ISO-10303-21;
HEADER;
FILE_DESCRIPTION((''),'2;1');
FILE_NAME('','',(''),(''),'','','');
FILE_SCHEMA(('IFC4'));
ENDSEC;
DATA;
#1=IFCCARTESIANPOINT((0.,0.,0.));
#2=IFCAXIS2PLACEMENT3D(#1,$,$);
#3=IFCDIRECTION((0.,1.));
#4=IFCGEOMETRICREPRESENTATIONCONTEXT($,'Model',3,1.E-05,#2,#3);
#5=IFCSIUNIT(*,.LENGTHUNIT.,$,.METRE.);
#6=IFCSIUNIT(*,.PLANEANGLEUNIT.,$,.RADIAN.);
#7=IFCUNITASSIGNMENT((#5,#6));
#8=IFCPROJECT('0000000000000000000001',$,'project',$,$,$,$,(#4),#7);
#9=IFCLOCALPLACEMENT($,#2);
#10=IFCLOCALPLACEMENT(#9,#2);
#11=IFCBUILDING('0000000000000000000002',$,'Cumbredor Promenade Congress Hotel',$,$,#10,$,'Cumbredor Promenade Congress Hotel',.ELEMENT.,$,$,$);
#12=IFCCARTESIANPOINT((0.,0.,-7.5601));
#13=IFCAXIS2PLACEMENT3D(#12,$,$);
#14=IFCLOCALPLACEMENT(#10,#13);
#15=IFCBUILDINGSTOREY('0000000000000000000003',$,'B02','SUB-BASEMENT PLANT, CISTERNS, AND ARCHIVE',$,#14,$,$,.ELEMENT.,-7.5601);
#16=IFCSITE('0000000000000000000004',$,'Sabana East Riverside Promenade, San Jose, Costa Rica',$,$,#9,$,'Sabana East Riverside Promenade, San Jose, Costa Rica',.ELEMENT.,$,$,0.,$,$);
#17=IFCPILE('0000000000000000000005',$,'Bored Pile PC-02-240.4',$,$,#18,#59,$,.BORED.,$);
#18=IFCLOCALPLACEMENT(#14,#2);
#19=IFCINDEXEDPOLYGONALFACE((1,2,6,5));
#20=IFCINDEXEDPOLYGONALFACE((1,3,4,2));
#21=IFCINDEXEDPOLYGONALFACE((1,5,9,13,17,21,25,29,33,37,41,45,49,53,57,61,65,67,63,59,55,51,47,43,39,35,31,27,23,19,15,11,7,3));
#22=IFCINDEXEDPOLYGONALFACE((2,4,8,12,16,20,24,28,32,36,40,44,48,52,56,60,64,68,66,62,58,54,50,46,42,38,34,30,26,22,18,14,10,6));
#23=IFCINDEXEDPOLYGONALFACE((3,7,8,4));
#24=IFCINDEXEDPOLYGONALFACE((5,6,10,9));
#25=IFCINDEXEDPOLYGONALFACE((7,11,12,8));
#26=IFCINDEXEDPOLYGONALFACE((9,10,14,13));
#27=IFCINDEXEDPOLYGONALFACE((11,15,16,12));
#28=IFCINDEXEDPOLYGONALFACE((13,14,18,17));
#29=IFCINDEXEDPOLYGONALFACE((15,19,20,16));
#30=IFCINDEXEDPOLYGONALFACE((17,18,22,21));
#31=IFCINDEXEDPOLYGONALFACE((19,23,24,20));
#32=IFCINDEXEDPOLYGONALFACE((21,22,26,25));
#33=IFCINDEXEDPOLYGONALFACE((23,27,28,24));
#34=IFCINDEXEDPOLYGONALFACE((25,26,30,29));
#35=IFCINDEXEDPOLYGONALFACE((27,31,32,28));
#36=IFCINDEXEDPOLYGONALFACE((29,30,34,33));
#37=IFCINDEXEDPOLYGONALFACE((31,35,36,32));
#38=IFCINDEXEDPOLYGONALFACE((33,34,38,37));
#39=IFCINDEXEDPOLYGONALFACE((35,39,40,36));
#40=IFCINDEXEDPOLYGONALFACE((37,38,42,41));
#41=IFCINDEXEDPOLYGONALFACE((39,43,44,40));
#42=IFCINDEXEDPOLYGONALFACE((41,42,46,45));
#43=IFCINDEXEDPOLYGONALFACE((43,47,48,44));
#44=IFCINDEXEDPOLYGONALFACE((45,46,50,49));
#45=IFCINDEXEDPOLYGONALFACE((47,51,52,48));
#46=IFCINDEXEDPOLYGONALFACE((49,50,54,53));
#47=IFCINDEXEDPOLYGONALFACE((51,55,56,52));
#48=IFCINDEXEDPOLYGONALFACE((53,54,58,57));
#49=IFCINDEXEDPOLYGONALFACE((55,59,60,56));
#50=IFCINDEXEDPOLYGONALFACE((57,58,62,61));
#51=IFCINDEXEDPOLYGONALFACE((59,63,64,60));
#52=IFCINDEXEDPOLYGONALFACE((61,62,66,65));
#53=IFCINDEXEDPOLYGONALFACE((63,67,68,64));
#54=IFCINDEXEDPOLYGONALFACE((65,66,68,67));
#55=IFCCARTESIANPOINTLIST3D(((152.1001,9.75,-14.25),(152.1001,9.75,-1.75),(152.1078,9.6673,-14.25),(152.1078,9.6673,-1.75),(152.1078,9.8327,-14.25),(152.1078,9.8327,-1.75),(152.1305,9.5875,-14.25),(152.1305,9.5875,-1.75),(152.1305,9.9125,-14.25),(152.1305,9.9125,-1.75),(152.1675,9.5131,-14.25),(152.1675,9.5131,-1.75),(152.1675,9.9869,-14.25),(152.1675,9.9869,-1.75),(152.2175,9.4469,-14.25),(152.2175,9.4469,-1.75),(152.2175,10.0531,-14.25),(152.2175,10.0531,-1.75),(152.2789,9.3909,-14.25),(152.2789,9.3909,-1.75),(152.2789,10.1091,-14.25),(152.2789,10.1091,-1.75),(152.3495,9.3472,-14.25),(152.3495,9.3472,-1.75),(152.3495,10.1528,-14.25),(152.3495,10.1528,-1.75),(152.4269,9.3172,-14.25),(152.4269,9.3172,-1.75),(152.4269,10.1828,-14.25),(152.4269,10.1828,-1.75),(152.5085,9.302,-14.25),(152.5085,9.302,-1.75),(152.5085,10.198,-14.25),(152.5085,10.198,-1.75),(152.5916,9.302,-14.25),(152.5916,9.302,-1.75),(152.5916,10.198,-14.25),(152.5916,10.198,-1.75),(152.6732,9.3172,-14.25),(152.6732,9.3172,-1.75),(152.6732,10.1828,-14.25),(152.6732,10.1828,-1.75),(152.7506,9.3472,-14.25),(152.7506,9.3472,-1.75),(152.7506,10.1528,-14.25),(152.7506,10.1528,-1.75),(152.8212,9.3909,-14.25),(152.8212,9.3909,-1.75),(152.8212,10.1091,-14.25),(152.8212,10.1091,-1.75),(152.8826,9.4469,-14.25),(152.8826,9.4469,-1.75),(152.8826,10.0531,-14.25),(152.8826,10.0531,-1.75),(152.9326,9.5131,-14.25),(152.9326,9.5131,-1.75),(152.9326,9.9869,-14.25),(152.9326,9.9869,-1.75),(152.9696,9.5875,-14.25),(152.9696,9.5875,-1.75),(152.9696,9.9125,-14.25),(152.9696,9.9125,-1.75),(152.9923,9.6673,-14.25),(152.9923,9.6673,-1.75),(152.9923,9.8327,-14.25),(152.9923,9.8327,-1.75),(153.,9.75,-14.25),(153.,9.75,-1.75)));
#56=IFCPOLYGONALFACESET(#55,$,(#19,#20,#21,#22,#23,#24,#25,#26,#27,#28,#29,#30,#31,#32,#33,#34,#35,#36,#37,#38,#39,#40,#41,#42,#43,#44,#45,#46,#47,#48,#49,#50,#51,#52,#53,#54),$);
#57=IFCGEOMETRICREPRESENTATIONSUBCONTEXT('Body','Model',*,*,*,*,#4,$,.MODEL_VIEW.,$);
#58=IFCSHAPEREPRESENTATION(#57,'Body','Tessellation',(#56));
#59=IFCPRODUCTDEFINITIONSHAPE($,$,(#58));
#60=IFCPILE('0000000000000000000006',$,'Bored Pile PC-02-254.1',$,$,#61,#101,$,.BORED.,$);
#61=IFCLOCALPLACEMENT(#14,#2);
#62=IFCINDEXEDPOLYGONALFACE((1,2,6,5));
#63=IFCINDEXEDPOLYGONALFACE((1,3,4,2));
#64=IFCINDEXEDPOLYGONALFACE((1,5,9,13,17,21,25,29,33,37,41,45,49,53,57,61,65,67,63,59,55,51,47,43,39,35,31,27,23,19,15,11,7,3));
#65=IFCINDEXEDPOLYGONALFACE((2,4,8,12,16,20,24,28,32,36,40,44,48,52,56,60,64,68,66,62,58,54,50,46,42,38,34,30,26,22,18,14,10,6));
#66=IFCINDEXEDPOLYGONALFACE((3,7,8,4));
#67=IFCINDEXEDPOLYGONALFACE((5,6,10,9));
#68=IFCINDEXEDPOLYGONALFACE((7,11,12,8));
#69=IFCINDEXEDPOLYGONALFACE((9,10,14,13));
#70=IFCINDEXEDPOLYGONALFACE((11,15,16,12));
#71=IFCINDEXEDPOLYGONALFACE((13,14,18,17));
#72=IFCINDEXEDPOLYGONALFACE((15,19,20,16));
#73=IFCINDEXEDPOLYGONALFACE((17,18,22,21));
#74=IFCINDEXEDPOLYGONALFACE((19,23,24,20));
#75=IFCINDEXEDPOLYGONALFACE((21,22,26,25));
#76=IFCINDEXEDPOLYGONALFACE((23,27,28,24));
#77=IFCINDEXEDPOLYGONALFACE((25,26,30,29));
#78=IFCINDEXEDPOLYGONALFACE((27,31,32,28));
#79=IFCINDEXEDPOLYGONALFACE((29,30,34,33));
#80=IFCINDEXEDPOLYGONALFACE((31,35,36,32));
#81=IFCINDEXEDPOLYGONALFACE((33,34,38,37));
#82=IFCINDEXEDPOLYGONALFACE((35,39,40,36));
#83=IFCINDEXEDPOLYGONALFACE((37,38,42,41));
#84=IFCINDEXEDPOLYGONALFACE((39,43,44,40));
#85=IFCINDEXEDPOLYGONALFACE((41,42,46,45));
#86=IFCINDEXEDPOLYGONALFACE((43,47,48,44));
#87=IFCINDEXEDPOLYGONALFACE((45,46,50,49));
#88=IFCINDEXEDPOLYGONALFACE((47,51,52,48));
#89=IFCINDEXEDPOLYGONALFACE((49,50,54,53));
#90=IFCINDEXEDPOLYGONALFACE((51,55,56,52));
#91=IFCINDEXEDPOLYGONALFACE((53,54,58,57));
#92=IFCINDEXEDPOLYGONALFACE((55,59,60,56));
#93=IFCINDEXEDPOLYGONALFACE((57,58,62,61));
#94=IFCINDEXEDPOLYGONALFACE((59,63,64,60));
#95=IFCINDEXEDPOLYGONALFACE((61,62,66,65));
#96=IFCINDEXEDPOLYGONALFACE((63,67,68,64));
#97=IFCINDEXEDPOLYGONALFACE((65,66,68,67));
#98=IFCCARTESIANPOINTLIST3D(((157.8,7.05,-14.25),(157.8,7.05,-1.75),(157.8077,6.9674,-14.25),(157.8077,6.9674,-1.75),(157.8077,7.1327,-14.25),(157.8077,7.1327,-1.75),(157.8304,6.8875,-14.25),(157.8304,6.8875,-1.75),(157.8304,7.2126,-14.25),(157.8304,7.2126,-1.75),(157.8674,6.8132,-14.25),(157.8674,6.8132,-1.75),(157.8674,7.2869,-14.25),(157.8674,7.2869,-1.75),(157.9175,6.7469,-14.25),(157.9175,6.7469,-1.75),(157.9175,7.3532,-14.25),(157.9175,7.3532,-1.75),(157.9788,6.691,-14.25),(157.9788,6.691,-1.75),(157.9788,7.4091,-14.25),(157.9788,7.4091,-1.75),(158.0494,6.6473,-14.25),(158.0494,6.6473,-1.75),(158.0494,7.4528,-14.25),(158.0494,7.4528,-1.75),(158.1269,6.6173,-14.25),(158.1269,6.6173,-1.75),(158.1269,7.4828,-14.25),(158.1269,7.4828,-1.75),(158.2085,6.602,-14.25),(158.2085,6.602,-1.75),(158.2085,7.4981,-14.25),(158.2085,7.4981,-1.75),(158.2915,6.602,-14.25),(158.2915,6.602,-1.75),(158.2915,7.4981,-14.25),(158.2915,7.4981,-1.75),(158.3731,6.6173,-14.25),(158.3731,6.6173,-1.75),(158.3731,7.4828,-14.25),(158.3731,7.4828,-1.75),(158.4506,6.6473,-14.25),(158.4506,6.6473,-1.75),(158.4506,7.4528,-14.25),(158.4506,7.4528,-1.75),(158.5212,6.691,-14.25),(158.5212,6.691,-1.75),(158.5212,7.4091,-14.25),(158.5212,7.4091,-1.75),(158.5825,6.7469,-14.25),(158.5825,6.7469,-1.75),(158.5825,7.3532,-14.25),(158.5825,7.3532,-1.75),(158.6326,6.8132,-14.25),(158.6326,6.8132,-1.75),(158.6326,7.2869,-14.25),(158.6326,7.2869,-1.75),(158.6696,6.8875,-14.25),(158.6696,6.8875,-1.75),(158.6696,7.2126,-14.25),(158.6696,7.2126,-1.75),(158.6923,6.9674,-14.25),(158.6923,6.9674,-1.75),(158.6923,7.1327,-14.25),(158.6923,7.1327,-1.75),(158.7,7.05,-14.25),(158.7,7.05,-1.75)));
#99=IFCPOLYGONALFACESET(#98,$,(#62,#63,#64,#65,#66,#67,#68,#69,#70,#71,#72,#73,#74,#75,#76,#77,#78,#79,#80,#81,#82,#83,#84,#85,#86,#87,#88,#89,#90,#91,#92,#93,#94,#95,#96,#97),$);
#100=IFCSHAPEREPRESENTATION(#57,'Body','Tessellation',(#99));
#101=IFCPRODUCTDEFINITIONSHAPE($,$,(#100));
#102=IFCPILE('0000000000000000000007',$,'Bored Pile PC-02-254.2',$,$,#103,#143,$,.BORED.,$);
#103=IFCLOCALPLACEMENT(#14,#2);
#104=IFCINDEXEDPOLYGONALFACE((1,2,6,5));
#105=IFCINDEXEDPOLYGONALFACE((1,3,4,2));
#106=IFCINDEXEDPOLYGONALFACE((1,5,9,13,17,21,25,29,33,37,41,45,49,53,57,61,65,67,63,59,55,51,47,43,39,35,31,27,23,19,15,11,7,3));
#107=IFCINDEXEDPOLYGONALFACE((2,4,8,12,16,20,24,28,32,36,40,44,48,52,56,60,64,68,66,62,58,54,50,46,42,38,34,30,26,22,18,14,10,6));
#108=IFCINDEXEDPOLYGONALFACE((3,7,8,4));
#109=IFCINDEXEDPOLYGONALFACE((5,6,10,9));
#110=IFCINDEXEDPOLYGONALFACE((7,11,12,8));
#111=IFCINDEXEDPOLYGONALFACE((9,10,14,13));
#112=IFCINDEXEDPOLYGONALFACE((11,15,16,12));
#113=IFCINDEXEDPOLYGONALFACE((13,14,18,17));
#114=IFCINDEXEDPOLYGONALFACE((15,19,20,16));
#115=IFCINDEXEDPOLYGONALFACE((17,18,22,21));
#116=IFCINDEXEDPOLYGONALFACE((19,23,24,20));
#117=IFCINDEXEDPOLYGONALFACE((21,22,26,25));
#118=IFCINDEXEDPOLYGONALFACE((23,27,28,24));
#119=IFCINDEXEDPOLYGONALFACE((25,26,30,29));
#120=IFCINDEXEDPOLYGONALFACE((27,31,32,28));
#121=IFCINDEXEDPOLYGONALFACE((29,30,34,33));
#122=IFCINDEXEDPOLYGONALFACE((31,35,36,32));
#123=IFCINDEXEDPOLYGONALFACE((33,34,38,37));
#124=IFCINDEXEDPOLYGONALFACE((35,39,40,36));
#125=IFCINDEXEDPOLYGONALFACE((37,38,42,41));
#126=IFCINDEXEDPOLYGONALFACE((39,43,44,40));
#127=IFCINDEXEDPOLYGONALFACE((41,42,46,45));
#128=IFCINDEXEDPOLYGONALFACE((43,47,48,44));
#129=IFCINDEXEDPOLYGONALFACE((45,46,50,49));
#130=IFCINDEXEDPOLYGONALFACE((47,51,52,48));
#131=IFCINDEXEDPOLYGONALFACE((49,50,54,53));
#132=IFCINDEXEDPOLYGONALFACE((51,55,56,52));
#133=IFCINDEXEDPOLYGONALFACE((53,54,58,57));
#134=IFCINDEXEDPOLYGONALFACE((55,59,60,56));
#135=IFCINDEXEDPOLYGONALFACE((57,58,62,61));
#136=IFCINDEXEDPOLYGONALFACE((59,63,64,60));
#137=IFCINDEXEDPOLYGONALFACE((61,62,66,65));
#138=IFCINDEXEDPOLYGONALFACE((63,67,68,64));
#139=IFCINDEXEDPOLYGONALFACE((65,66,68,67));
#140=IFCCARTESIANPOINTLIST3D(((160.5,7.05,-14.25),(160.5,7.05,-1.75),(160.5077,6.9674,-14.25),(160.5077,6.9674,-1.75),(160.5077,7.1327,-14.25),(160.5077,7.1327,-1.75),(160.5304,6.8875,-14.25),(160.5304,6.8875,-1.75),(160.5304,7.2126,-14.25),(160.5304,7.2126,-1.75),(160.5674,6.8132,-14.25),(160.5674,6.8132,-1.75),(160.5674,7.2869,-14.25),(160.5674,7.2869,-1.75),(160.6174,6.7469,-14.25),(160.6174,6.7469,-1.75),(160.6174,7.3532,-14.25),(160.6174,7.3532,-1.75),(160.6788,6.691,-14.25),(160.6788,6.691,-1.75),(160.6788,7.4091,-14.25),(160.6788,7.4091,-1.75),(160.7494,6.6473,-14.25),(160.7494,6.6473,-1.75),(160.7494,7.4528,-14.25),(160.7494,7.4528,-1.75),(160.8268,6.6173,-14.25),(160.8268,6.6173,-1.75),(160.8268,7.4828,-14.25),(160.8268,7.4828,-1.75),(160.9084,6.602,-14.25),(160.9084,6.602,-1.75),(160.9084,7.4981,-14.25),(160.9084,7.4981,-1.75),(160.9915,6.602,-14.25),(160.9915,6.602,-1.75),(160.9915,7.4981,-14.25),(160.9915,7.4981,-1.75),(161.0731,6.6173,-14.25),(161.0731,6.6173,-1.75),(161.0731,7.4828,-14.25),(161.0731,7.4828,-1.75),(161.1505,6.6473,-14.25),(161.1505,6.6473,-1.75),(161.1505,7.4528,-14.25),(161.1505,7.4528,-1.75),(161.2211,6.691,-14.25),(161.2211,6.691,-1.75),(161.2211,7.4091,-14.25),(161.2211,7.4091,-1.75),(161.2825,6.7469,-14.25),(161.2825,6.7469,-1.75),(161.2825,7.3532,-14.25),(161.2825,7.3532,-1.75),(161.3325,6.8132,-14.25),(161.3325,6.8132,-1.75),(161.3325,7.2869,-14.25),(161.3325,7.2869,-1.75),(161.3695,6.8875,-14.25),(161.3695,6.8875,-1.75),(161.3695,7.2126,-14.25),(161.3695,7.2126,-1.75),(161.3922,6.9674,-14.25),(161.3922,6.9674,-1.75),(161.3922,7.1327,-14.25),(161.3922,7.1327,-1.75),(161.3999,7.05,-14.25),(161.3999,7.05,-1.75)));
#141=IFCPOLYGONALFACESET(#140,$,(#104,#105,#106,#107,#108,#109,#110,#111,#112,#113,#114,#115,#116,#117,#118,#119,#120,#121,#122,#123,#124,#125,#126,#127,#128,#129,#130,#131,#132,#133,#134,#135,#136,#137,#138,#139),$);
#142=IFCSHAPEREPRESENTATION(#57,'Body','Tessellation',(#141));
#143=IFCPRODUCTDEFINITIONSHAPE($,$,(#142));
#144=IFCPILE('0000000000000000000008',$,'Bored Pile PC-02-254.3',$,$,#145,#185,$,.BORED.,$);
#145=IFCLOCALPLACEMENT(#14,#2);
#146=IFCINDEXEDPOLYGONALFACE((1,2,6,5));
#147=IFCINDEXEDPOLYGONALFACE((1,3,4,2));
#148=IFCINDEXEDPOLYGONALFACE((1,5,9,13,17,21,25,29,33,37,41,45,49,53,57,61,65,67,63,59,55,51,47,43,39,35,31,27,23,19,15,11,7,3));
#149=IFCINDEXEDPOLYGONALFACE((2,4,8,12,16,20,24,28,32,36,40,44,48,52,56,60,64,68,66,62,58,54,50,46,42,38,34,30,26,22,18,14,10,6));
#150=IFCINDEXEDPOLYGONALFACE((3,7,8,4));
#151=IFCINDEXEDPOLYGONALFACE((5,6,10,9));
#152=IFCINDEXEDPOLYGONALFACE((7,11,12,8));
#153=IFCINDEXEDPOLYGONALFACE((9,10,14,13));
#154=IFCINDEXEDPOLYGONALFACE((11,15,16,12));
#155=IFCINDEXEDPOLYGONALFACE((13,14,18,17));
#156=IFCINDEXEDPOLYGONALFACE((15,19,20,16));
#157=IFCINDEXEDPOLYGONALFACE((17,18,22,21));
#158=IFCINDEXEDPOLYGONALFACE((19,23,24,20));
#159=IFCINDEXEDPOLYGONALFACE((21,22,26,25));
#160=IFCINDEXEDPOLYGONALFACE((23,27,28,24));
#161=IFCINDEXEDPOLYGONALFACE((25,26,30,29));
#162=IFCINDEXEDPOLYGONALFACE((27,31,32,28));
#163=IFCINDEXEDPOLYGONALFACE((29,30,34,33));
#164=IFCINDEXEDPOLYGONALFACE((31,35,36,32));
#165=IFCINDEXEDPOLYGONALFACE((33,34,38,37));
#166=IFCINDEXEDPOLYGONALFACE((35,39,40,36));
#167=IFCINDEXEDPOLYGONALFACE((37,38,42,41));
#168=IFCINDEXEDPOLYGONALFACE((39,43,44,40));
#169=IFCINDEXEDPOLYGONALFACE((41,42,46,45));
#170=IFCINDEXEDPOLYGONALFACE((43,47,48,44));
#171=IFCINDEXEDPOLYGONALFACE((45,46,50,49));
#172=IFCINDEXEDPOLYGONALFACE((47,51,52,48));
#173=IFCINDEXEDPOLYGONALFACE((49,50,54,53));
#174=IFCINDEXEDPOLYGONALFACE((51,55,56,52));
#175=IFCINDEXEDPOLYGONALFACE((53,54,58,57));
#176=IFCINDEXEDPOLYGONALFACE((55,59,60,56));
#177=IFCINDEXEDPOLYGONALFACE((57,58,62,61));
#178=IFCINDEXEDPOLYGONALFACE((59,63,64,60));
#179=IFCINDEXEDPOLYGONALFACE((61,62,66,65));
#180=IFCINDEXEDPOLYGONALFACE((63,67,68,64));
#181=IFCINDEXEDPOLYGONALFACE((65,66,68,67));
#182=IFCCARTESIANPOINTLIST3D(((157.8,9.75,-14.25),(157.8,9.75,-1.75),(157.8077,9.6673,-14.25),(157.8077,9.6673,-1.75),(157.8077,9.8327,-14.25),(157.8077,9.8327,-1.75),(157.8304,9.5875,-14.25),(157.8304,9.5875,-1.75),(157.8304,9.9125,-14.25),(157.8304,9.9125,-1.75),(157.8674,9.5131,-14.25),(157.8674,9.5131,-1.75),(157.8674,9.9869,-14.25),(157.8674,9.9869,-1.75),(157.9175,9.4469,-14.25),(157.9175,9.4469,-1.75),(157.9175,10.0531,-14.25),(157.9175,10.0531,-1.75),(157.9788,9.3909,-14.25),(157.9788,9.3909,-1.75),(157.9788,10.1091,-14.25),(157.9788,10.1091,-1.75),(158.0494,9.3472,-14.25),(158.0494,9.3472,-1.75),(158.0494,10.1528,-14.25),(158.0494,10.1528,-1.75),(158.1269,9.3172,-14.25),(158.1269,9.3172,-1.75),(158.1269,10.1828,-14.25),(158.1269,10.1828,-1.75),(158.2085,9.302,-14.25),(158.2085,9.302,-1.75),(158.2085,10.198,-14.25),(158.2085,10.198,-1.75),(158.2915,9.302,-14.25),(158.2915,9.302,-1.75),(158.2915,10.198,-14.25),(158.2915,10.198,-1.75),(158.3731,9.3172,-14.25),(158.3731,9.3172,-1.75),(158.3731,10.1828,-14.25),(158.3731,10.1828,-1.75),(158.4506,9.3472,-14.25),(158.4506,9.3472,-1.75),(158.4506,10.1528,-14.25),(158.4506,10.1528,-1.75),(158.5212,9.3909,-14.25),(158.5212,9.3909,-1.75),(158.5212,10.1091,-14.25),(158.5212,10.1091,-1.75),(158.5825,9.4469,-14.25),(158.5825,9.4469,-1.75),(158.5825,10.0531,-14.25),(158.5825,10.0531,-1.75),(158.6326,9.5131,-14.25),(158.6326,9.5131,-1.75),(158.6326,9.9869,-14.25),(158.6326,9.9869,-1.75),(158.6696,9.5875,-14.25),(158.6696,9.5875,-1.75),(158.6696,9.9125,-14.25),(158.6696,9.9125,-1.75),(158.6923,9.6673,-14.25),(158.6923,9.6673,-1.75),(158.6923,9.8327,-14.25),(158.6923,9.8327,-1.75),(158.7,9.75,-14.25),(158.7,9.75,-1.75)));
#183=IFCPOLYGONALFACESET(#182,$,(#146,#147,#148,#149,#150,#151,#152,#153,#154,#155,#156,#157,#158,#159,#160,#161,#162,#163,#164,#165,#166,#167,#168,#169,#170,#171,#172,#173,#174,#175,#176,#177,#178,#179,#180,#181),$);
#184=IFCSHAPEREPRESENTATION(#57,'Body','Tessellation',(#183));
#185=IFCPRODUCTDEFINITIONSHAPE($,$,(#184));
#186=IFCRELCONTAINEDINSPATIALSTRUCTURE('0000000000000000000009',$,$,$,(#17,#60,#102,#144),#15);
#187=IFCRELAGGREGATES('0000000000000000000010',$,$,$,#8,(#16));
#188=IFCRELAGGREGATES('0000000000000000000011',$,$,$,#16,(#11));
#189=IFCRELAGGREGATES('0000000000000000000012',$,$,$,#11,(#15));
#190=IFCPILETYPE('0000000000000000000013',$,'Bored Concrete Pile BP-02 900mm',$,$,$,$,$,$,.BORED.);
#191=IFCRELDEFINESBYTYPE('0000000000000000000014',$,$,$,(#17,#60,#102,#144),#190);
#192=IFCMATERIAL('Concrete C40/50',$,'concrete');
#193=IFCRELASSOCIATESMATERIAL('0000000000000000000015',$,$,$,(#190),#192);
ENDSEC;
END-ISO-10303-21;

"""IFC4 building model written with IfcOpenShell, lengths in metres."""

from ifc_helpers import new_model, si_unit, direction, frame, origin, origin_2d, place, context, subcontext, project, spatial, circle, extrude, material, material_profile, profile_set, type_object, element, save


model = new_model("IFC4")

# Units and contexts
model_context = context("Model", 3, precision=1e-05, world=origin(), true_north=direction((0.0, 1.0)))
body_context = subcontext(model_context, "Body", "Model", "MODEL_VIEW")
ifc_project = project(units=[si_unit("LENGTHUNIT", "METRE"), si_unit("PLANEANGLEUNIT", "RADIAN")], contexts=[model_context])

# Site, building, storey
site_placement = place(None, origin())
site = spatial("IfcSite", under=ifc_project, at=site_placement, Name="Sabana East Riverside Promenade, San Jose, Costa Rica", LongName="Sabana East Riverside Promenade, San Jose, Costa Rica", CompositionType="ELEMENT", RefElevation=0.0)
building_placement = place(site_placement, origin())
building = spatial("IfcBuilding", under=site, at=building_placement, Name="Cumbredor Promenade Congress Hotel", LongName="Cumbredor Promenade Congress Hotel", CompositionType="ELEMENT")
storey_placement = place(building_placement, frame((0.0, 0.0, -7.5601)))
storey = spatial("IfcBuildingStorey", under=building, at=storey_placement, Name="B02", Description="SUB-BASEMENT PLANT, CISTERNS, AND ARCHIVE", CompositionType="ELEMENT", Elevation=-7.5601)

# Piles
ifc_material_1 = material(Name="Concrete C40/50", Category="concrete")
ifc_material_profile_1 = material_profile(ifc_material_1, circle(Radius=0.45, at=origin_2d()), Name="PILE D900")
ifc_profile_set_1 = profile_set([ifc_material_profile_1], Name="Concrete C40/50")
pile_type = type_object("IfcPileType", Name="Bored Concrete Pile BP-02 900mm", PredefinedType="BORED", material=ifc_profile_set_1)
for number, where, z_axis, x_axis, name in (
    (1, (152.55, 9.75, -1.75), (0.0, 0.0, -1.0), (1.0, 0.0, 0.0), "Bored Pile PC-02-240.4"),
    (2, (158.25, 7.05, -1.75), (0.0, 0.0, -1.0), (1.0, 0.0, 0.0), "Bored Pile PC-02-254.1"),
    (3, (160.95, 7.05, -1.75), (0.0, 0.0, -1.0), (1.0, 0.0, 0.0), "Bored Pile PC-02-254.2"),
    (4, (158.25, 9.75, -1.75), (0.0, 0.0, -1.0), (1.0, 0.0, 0.0), "Bored Pile PC-02-254.3"),
):
    element("IfcPile", number, at=place(storey_placement, frame(where, z_axis=z_axis, x_axis=x_axis)), inside=storey, type_object=pile_type, Name=name, PredefinedType="BORED", context=body_context, shape_type="SweptSolid", body=[
        extrude(circle(Radius=0.45, at=origin_2d()), origin(), (0.0, 0.0, 1.0), 12.5),
    ])

save(model, "model.ifc")
